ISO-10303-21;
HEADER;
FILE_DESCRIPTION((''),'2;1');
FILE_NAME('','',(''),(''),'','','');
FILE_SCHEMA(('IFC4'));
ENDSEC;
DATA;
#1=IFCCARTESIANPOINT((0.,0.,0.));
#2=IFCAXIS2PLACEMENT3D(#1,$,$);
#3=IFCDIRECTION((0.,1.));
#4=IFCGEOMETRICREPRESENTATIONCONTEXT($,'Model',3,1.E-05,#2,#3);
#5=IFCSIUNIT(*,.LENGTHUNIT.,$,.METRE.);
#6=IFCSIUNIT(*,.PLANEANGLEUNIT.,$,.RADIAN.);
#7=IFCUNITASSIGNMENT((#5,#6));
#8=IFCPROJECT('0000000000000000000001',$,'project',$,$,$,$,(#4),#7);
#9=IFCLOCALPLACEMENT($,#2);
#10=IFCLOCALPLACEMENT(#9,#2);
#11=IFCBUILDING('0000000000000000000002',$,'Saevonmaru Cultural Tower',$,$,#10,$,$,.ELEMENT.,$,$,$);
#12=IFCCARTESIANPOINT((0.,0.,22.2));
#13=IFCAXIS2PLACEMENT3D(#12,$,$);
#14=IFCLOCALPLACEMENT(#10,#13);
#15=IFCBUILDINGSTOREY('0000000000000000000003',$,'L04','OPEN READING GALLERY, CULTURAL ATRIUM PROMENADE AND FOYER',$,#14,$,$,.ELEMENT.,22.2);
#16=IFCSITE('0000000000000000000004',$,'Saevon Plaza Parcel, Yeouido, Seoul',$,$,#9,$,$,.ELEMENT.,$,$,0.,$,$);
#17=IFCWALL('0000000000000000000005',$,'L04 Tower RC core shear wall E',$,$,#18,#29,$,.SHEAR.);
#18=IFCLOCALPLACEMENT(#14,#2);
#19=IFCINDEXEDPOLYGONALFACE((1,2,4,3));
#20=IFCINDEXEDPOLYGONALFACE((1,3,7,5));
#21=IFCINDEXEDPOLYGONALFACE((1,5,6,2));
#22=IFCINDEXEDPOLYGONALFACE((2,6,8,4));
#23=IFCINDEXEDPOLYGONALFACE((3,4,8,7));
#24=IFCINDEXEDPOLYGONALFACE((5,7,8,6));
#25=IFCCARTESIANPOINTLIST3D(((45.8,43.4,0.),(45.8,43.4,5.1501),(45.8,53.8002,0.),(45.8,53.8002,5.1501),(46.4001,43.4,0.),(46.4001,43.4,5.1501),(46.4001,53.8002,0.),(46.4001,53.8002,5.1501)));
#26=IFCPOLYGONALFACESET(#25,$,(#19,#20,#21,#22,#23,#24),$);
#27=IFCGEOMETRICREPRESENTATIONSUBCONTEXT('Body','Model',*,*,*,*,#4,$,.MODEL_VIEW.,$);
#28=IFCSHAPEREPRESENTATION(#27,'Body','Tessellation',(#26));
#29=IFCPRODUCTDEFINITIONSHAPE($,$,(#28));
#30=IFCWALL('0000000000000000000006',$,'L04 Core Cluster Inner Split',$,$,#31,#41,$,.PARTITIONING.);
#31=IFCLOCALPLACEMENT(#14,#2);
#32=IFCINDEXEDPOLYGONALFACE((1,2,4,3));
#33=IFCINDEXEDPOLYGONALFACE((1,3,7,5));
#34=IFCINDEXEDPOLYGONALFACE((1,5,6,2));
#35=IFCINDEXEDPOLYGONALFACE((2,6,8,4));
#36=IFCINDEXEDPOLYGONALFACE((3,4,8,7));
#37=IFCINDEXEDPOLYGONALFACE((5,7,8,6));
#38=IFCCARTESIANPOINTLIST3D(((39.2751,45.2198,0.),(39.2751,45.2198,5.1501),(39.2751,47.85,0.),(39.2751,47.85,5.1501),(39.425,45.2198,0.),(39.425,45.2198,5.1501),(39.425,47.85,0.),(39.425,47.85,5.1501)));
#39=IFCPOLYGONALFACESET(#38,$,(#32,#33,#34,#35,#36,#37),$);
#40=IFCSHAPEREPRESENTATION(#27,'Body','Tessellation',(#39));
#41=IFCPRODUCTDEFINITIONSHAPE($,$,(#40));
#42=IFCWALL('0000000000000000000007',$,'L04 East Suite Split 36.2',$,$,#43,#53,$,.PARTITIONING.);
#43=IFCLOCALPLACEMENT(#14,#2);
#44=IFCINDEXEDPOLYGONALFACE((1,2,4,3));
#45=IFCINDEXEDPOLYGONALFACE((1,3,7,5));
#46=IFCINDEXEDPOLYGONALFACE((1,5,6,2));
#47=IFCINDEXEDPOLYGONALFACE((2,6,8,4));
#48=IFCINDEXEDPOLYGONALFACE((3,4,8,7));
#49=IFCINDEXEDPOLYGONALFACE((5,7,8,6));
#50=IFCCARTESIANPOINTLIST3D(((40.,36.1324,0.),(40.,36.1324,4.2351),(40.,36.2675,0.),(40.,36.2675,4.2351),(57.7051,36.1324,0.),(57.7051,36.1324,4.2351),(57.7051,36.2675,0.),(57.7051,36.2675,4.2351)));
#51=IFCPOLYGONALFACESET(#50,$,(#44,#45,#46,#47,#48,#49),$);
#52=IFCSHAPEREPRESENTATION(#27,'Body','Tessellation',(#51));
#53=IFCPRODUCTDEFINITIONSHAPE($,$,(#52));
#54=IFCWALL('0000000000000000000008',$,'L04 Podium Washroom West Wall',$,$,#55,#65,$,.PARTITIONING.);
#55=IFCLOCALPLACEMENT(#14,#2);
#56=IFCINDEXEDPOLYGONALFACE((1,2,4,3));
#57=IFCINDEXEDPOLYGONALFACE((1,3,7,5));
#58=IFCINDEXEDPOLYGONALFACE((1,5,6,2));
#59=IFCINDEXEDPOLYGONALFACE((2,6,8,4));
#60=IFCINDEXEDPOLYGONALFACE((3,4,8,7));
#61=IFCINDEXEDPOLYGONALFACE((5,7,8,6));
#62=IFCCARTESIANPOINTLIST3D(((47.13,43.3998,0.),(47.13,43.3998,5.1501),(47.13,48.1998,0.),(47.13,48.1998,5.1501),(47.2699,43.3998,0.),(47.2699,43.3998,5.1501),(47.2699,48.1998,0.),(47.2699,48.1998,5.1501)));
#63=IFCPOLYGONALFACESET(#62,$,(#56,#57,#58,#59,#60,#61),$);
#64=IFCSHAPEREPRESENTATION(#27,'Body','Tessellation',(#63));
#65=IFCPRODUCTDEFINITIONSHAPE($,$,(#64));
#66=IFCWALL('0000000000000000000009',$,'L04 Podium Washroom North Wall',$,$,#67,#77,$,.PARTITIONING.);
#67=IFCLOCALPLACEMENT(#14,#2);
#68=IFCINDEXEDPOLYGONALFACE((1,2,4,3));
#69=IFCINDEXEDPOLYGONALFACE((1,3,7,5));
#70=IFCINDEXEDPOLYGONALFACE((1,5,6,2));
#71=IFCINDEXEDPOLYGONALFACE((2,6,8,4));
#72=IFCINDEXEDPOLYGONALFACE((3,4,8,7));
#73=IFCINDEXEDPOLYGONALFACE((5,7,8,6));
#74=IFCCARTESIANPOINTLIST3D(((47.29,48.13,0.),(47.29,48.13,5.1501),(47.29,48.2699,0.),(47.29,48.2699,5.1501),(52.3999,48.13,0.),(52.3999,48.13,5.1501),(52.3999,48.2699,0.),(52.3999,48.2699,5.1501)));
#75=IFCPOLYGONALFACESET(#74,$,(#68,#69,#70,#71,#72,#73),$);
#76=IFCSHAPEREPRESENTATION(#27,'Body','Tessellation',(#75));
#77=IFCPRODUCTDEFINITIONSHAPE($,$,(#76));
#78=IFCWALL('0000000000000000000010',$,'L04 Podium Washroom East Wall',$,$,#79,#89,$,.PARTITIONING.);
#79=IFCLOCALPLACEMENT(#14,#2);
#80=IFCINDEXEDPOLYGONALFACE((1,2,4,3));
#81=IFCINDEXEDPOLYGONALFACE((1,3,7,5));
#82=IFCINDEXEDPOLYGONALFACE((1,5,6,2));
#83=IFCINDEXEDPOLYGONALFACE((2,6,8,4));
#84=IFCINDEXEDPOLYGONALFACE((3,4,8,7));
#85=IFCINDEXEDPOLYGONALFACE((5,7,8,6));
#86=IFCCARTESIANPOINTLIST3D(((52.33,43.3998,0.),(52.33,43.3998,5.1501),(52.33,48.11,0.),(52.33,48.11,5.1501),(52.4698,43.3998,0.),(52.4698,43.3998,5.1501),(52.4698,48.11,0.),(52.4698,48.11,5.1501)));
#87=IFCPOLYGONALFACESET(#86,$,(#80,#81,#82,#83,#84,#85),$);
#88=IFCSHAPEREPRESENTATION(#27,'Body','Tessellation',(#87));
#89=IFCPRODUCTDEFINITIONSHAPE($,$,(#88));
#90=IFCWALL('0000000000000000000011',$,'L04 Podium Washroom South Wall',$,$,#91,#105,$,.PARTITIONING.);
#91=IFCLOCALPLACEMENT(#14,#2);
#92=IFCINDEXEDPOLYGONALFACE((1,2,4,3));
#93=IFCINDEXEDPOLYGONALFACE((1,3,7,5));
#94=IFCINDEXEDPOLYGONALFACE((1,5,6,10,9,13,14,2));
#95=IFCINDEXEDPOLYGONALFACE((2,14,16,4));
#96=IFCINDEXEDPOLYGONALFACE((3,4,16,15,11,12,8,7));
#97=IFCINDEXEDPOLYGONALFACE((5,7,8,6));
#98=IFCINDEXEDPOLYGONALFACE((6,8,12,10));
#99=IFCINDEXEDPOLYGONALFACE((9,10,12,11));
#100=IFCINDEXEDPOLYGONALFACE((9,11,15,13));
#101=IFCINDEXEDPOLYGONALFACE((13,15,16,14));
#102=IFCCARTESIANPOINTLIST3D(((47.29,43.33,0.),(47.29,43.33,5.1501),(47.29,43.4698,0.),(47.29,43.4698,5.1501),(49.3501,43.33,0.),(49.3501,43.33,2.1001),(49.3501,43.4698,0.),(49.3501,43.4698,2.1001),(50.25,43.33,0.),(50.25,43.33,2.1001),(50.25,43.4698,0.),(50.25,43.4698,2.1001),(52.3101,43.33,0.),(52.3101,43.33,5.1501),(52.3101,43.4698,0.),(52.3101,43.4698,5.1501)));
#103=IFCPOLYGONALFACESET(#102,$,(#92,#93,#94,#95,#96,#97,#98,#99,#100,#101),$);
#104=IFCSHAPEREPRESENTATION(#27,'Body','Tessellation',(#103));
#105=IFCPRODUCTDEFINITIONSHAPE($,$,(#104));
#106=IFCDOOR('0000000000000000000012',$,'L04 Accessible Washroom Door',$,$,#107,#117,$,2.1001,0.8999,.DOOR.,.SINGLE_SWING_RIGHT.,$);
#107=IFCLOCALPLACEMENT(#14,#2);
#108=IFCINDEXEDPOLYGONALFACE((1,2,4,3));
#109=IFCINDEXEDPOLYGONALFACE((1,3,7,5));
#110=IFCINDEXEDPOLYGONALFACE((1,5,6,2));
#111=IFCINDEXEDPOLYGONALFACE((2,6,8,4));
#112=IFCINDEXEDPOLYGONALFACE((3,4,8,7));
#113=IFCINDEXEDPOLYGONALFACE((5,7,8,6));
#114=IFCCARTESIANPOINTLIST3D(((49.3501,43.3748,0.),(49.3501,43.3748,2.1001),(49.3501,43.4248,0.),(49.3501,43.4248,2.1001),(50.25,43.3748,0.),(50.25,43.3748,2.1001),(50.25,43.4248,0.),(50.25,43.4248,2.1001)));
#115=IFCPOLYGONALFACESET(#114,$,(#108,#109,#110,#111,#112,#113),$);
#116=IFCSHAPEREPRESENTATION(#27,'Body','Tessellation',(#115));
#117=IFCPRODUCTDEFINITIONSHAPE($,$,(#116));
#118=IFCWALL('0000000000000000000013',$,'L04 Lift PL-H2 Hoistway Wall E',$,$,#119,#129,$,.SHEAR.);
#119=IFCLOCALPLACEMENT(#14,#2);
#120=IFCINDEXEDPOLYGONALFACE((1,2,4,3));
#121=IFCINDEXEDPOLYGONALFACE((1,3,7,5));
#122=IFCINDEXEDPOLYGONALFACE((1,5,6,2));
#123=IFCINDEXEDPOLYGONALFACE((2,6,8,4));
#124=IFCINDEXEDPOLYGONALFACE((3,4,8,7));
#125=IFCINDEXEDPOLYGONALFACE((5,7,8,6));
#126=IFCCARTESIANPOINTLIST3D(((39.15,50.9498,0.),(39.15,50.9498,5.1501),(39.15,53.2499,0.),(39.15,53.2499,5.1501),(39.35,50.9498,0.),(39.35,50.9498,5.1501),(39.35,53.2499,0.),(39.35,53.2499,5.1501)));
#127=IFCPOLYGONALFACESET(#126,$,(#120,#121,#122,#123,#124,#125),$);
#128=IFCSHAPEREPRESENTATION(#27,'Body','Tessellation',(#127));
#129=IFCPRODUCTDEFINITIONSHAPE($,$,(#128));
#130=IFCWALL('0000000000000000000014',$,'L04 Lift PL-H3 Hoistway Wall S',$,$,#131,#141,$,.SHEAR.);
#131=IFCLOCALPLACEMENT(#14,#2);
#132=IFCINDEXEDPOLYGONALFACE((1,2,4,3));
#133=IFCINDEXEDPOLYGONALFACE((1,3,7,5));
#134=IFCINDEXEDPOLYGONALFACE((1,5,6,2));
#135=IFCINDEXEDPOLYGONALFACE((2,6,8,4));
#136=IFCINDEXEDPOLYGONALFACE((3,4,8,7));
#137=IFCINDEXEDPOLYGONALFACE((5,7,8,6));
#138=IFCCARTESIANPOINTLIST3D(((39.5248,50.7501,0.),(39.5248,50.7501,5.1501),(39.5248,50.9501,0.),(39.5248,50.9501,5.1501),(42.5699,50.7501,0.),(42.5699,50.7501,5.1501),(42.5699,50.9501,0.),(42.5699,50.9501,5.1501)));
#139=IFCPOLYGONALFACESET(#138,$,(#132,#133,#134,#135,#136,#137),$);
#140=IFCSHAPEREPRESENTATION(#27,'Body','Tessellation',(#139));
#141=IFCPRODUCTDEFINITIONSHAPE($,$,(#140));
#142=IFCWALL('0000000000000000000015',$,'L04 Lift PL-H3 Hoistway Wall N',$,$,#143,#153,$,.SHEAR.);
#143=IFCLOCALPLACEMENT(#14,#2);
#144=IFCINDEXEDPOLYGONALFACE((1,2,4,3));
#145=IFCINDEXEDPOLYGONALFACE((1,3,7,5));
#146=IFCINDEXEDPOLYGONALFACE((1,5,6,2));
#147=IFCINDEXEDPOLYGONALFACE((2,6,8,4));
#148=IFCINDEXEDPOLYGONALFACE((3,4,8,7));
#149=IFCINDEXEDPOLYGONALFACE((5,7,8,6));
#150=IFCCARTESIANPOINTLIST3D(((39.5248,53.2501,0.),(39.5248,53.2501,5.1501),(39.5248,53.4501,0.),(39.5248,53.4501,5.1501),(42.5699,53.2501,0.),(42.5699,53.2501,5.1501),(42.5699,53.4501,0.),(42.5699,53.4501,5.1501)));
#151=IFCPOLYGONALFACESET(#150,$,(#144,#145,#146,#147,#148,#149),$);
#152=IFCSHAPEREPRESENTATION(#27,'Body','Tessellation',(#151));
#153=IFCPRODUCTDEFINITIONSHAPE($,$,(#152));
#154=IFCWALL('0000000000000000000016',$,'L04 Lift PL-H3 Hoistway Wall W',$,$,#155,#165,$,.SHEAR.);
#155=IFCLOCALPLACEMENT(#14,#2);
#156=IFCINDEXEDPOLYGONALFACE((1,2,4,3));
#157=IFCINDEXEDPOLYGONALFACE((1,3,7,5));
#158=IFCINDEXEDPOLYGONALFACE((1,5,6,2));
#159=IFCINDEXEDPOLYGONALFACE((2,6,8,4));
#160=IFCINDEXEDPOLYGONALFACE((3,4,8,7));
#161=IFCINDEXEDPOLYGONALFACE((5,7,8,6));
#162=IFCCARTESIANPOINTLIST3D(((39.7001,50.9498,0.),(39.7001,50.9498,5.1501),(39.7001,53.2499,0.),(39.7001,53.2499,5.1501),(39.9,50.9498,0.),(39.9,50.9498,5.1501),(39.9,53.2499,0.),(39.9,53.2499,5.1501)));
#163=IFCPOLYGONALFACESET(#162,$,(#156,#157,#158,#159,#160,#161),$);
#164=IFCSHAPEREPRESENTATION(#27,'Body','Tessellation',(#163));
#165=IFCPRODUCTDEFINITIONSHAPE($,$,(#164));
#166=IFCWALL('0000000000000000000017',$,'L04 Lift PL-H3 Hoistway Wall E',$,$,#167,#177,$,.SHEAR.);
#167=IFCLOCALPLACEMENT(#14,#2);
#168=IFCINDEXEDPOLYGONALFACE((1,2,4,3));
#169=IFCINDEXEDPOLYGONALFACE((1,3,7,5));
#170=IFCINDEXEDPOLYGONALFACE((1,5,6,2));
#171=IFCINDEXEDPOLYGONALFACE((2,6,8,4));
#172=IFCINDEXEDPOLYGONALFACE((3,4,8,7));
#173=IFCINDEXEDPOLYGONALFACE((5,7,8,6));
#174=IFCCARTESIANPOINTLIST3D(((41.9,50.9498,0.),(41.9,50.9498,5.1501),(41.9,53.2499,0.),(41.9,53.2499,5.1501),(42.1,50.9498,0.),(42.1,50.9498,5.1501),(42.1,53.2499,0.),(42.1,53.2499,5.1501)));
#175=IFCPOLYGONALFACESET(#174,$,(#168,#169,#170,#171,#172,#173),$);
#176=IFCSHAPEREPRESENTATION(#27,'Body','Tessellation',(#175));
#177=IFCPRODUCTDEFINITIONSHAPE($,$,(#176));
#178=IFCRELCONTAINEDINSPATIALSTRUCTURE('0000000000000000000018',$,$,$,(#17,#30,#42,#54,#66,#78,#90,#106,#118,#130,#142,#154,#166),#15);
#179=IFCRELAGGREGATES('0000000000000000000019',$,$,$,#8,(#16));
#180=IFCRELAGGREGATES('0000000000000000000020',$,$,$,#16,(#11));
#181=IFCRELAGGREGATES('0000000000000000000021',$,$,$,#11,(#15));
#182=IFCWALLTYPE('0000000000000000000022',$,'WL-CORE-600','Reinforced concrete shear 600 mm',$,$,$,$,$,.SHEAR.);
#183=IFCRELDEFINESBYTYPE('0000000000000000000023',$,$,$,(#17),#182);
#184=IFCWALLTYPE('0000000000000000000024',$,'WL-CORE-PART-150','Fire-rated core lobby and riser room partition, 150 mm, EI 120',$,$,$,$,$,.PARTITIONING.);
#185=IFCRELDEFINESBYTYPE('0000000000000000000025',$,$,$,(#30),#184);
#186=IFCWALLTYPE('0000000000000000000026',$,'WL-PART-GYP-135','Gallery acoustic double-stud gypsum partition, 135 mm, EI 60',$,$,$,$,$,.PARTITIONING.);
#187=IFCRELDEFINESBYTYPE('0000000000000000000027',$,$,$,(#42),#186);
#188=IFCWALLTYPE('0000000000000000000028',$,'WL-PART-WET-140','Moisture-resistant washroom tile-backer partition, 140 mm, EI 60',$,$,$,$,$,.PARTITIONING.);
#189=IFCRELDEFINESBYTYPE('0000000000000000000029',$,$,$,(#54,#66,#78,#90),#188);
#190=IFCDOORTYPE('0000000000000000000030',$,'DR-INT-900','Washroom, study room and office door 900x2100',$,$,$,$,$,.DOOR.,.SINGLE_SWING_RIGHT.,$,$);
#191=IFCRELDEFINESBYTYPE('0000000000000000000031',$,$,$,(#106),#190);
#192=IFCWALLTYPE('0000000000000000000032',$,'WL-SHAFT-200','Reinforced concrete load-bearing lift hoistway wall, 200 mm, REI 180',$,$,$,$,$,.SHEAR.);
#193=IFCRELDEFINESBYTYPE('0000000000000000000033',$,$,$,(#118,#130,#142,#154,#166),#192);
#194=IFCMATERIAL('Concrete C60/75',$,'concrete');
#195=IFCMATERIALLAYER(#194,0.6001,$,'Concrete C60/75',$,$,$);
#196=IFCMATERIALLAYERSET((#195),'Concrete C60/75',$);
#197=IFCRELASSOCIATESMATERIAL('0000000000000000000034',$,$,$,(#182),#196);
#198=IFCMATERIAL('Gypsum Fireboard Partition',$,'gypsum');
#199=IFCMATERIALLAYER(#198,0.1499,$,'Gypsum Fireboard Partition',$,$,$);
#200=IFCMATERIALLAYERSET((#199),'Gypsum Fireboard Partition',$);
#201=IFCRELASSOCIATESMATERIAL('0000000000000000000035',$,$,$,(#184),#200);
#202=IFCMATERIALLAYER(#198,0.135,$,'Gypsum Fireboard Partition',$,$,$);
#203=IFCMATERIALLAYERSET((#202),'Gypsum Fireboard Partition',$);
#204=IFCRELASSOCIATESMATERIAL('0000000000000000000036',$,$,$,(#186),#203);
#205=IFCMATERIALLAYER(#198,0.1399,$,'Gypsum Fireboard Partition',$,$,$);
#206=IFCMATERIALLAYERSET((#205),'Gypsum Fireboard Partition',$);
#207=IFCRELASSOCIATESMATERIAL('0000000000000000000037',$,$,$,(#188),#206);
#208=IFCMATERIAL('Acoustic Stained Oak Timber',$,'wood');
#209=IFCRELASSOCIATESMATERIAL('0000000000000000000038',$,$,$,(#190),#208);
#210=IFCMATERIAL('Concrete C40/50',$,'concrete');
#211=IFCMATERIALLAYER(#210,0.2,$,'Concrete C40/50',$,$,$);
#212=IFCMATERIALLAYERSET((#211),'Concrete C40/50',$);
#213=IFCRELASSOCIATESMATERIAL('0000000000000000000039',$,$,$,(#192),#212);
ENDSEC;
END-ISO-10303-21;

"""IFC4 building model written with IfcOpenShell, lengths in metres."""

from ifc_helpers import new_model, si_unit, direction, frame, frame_2d, origin, place, context, subcontext, project, spatial, rectangle, extrude, material, layer, layer_set, type_object, element, fill, save


model = new_model("IFC4")

# Units and contexts
model_context = context("Model", 3, precision=1e-05, world=origin(), true_north=direction((0.0, 1.0)))
body_context = subcontext(model_context, "Body", "Model", "MODEL_VIEW")
ifc_project = project(units=[si_unit("LENGTHUNIT", "METRE"), si_unit("PLANEANGLEUNIT", "RADIAN")], contexts=[model_context])

# Site, building, storey
site_placement = place(None, origin())
site = spatial("IfcSite", under=ifc_project, at=site_placement, Name="Saevon Plaza Parcel, Yeouido, Seoul", CompositionType="ELEMENT", RefElevation=0.0)
building_placement = place(site_placement, origin())
building = spatial("IfcBuilding", under=site, at=building_placement, Name="Saevonmaru Cultural Tower", CompositionType="ELEMENT")
storey_placement = place(building_placement, frame((0.0, 0.0, 22.2)))
storey = spatial("IfcBuildingStorey", under=building, at=storey_placement, Name="L04", Description="OPEN READING GALLERY, CULTURAL ATRIUM PROMENADE AND FOYER", CompositionType="ELEMENT", Elevation=22.2)

# Walls
ifc_material_1 = material(Name="Concrete C60/75", Category="concrete")
ifc_layer_1 = layer(ifc_material_1, 0.6001, Name="Concrete C60/75")
ifc_layer_set_1 = layer_set([ifc_layer_1], Name="Concrete C60/75")
wall_type_1 = type_object("IfcWallType", Name="WL-CORE-600", Description="Reinforced concrete shear 600 mm", PredefinedType="SHEAR", material=ifc_layer_set_1)
wall_1_placement = place(storey_placement, frame((46.1001, 43.3999, 0.0), z_axis=(0.0, 0.0, 1.0), x_axis=(0.0, 1.0, 0.0)))
element("IfcWall", 1, at=wall_1_placement, inside=storey, type_object=wall_type_1, Name="L04 Tower RC core shear wall E", PredefinedType="SHEAR", context=body_context, shape_type="SweptSolid", body=[
    extrude(rectangle(XDim=10.4001, YDim=0.6001, at=frame_2d((5.2002, 0.0))), origin(), (0.0, 0.0, 1.0), 5.1501),
])
ifc_material_2 = material(Name="Gypsum Fireboard Partition", Category="gypsum")
ifc_layer_2 = layer(ifc_material_2, 0.1499, Name="Gypsum Fireboard Partition")
ifc_layer_set_2 = layer_set([ifc_layer_2], Name="Gypsum Fireboard Partition")
wall_type_2 = type_object("IfcWallType", Name="WL-CORE-PART-150", Description="Fire-rated core lobby and riser room partition, 150 mm, EI 120", PredefinedType="PARTITIONING", material=ifc_layer_set_2)
wall_2_placement = place(storey_placement, frame((39.3501, 45.22, 0.0), z_axis=(0.0, 0.0, 1.0), x_axis=(0.0, 1.0, 0.0)))
element("IfcWall", 2, at=wall_2_placement, inside=storey, type_object=wall_type_2, Name="L04 Core Cluster Inner Split", PredefinedType="PARTITIONING", context=body_context, shape_type="SweptSolid", body=[
    extrude(rectangle(XDim=2.6301, YDim=0.1499, at=frame_2d((1.3149, 0.0))), origin(), (0.0, 0.0, 1.0), 5.1501),
])
ifc_layer_3 = layer(ifc_material_2, 0.135, Name="Gypsum Fireboard Partition")
ifc_layer_set_3 = layer_set([ifc_layer_3], Name="Gypsum Fireboard Partition")
wall_type_3 = type_object("IfcWallType", Name="WL-PART-GYP-135", Description="Gallery acoustic double-stud gypsum partition, 135 mm, EI 60", PredefinedType="PARTITIONING", material=ifc_layer_set_3)
wall_3_placement = place(storey_placement, frame((40.0, 36.2, 0.0), z_axis=(0.0, 0.0, 1.0), x_axis=(1.0, 0.0, 0.0)))
element("IfcWall", 3, at=wall_3_placement, inside=storey, type_object=wall_type_3, Name="L04 East Suite Split 36.2", PredefinedType="PARTITIONING", context=body_context, shape_type="SweptSolid", body=[
    extrude(rectangle(XDim=17.7051, YDim=0.135, at=frame_2d((8.8525, 0.0))), origin(), (0.0, 0.0, 1.0), 4.2351),
])
ifc_layer_4 = layer(ifc_material_2, 0.1399, Name="Gypsum Fireboard Partition")
ifc_layer_set_4 = layer_set([ifc_layer_4], Name="Gypsum Fireboard Partition")
wall_type_4 = type_object("IfcWallType", Name="WL-PART-WET-140", Description="Moisture-resistant washroom tile-backer partition, 140 mm, EI 60", PredefinedType="PARTITIONING", material=ifc_layer_set_4)
wall_4_placement = place(storey_placement, frame((47.2, 43.3999, 0.0), z_axis=(0.0, 0.0, 1.0), x_axis=(0.0, 1.0, 0.0)))
element("IfcWall", 4, at=wall_4_placement, inside=storey, type_object=wall_type_4, Name="L04 Podium Washroom West Wall", PredefinedType="PARTITIONING", context=body_context, shape_type="SweptSolid", body=[
    extrude(rectangle(XDim=4.8, YDim=0.1399, at=frame_2d((2.3999, 0.0))), origin(), (0.0, 0.0, 1.0), 5.1501),
])
wall_5_placement = place(storey_placement, frame((47.29, 48.2, 0.0), z_axis=(0.0, 0.0, 1.0), x_axis=(1.0, 0.0, 0.0)))
element("IfcWall", 5, at=wall_5_placement, inside=storey, type_object=wall_type_4, Name="L04 Podium Washroom North Wall", PredefinedType="PARTITIONING", context=body_context, shape_type="SweptSolid", body=[
    extrude(rectangle(XDim=5.1099, YDim=0.1399, at=frame_2d((2.5549, 0.0))), origin(), (0.0, 0.0, 1.0), 5.1501),
])
wall_6_placement = place(storey_placement, frame((52.3999, 43.3999, 0.0), z_axis=(0.0, 0.0, 1.0), x_axis=(0.0, 1.0, 0.0)))
element("IfcWall", 6, at=wall_6_placement, inside=storey, type_object=wall_type_4, Name="L04 Podium Washroom East Wall", PredefinedType="PARTITIONING", context=body_context, shape_type="SweptSolid", body=[
    extrude(rectangle(XDim=4.7102, YDim=0.1399, at=frame_2d((2.355, 0.0))), origin(), (0.0, 0.0, 1.0), 5.1501),
])

# Wall, opening, door
wall_7_placement = place(storey_placement, frame((47.29, 43.3999, 0.0), z_axis=(0.0, 0.0, 1.0), x_axis=(1.0, 0.0, 0.0)))
wall_7 = element("IfcWall", 7, at=wall_7_placement, inside=storey, type_object=wall_type_4, Name="L04 Podium Washroom South Wall", PredefinedType="PARTITIONING", context=body_context, shape_type="SweptSolid", body=[
    extrude(rectangle(XDim=5.02, YDim=0.1399, at=frame_2d((2.51, 0.0))), origin(), (0.0, 0.0, 1.0), 5.1501),
])
opening_1_placement = place(wall_7_placement, frame((2.0601, 0.0, 0.0)))
opening_1 = element("IfcOpeningElement", 8, at=opening_1_placement, cuts=wall_7, PredefinedType="OPENING", context=body_context, shape_type="SweptSolid", body=[
    extrude(rectangle(XDim=0.8999, YDim=2.1001, at=frame_2d((0.45, 1.05))), frame((0.0, 0.0801, 0.0), z_axis=(0.0, -1.0, 0.0), x_axis=(1.0, 0.0, 0.0)), (0.0, 0.0, 1.0), 0.1599),
])
ifc_material_3 = material(Name="Acoustic Stained Oak Timber", Category="wood")
door_type_1 = type_object("IfcDoorType", Name="DR-INT-900", Description="Washroom, study room and office door 900x2100", OperationType="SINGLE_SWING_RIGHT", PredefinedType="DOOR", material=ifc_material_3)
door_1_placement = place(opening_1_placement, origin())
door_1 = element("IfcDoor", 9, at=door_1_placement, inside=storey, type_object=door_type_1, Name="L04 Accessible Washroom Door", OperationType="SINGLE_SWING_RIGHT", OverallHeight=2.1001, OverallWidth=0.8999, PredefinedType="DOOR", context=body_context, shape_type="SweptSolid", body=[
    extrude(rectangle(XDim=0.8999, YDim=2.1001, at=frame_2d((0.45, 1.05))), frame((0.0, 0.0249, 0.0), z_axis=(0.0, -1.0, 0.0), x_axis=(1.0, 0.0, 0.0)), (0.0, 0.0, 1.0), 0.05),
])
fill(opening_1, door_1)

# Walls
ifc_material_4 = material(Name="Concrete C40/50", Category="concrete")
ifc_layer_5 = layer(ifc_material_4, 0.2, Name="Concrete C40/50")
ifc_layer_set_5 = layer_set([ifc_layer_5], Name="Concrete C40/50")
wall_type_5 = type_object("IfcWallType", Name="WL-SHAFT-200", Description="Reinforced concrete load-bearing lift hoistway wall, 200 mm, REI 180", PredefinedType="SHEAR", material=ifc_layer_set_5)
wall_8_placement = place(storey_placement, frame((39.25, 50.95, 0.0), z_axis=(0.0, 0.0, 1.0), x_axis=(0.0, 1.0, 0.0)))
element("IfcWall", 10, at=wall_8_placement, inside=storey, type_object=wall_type_5, Name="L04 Lift PL-H2 Hoistway Wall E", PredefinedType="SHEAR", context=body_context, shape_type="SweptSolid", body=[
    extrude(rectangle(XDim=2.3, YDim=0.2, at=frame_2d((1.1499, 0.0))), origin(), (0.0, 0.0, 1.0), 5.1501),
])
for number, where, z_axis, x_axis, name in (
    (11, (39.5249, 50.8501, 0.0), (0.0, 0.0, 1.0), (1.0, 0.0, 0.0), "L04 Lift PL-H3 Hoistway Wall S"),
    (12, (39.5249, 53.3501, 0.0), (0.0, 0.0, 1.0), (1.0, 0.0, 0.0), "L04 Lift PL-H3 Hoistway Wall N"),
):
    element("IfcWall", number, at=place(storey_placement, frame(where, z_axis=z_axis, x_axis=x_axis)), inside=storey, type_object=wall_type_5, Name=name, PredefinedType="SHEAR", context=body_context, shape_type="SweptSolid", body=[
        extrude(rectangle(XDim=3.0452, YDim=0.2, at=frame_2d((1.5225, 0.0))), origin(), (0.0, 0.0, 1.0), 5.1501),
    ])
for number, where, z_axis, x_axis, name in (
    (13, (39.8, 50.95, 0.0), (0.0, 0.0, 1.0), (0.0, 1.0, 0.0), "L04 Lift PL-H3 Hoistway Wall W"),
    (14, (42.0, 50.95, 0.0), (0.0, 0.0, 1.0), (0.0, 1.0, 0.0), "L04 Lift PL-H3 Hoistway Wall E"),
):
    element("IfcWall", number, at=place(storey_placement, frame(where, z_axis=z_axis, x_axis=x_axis)), inside=storey, type_object=wall_type_5, Name=name, PredefinedType="SHEAR", context=body_context, shape_type="SweptSolid", body=[
        extrude(rectangle(XDim=2.3, YDim=0.2, at=frame_2d((1.1499, 0.0))), origin(), (0.0, 0.0, 1.0), 5.1501),
    ])

save(model, "model.ifc")
